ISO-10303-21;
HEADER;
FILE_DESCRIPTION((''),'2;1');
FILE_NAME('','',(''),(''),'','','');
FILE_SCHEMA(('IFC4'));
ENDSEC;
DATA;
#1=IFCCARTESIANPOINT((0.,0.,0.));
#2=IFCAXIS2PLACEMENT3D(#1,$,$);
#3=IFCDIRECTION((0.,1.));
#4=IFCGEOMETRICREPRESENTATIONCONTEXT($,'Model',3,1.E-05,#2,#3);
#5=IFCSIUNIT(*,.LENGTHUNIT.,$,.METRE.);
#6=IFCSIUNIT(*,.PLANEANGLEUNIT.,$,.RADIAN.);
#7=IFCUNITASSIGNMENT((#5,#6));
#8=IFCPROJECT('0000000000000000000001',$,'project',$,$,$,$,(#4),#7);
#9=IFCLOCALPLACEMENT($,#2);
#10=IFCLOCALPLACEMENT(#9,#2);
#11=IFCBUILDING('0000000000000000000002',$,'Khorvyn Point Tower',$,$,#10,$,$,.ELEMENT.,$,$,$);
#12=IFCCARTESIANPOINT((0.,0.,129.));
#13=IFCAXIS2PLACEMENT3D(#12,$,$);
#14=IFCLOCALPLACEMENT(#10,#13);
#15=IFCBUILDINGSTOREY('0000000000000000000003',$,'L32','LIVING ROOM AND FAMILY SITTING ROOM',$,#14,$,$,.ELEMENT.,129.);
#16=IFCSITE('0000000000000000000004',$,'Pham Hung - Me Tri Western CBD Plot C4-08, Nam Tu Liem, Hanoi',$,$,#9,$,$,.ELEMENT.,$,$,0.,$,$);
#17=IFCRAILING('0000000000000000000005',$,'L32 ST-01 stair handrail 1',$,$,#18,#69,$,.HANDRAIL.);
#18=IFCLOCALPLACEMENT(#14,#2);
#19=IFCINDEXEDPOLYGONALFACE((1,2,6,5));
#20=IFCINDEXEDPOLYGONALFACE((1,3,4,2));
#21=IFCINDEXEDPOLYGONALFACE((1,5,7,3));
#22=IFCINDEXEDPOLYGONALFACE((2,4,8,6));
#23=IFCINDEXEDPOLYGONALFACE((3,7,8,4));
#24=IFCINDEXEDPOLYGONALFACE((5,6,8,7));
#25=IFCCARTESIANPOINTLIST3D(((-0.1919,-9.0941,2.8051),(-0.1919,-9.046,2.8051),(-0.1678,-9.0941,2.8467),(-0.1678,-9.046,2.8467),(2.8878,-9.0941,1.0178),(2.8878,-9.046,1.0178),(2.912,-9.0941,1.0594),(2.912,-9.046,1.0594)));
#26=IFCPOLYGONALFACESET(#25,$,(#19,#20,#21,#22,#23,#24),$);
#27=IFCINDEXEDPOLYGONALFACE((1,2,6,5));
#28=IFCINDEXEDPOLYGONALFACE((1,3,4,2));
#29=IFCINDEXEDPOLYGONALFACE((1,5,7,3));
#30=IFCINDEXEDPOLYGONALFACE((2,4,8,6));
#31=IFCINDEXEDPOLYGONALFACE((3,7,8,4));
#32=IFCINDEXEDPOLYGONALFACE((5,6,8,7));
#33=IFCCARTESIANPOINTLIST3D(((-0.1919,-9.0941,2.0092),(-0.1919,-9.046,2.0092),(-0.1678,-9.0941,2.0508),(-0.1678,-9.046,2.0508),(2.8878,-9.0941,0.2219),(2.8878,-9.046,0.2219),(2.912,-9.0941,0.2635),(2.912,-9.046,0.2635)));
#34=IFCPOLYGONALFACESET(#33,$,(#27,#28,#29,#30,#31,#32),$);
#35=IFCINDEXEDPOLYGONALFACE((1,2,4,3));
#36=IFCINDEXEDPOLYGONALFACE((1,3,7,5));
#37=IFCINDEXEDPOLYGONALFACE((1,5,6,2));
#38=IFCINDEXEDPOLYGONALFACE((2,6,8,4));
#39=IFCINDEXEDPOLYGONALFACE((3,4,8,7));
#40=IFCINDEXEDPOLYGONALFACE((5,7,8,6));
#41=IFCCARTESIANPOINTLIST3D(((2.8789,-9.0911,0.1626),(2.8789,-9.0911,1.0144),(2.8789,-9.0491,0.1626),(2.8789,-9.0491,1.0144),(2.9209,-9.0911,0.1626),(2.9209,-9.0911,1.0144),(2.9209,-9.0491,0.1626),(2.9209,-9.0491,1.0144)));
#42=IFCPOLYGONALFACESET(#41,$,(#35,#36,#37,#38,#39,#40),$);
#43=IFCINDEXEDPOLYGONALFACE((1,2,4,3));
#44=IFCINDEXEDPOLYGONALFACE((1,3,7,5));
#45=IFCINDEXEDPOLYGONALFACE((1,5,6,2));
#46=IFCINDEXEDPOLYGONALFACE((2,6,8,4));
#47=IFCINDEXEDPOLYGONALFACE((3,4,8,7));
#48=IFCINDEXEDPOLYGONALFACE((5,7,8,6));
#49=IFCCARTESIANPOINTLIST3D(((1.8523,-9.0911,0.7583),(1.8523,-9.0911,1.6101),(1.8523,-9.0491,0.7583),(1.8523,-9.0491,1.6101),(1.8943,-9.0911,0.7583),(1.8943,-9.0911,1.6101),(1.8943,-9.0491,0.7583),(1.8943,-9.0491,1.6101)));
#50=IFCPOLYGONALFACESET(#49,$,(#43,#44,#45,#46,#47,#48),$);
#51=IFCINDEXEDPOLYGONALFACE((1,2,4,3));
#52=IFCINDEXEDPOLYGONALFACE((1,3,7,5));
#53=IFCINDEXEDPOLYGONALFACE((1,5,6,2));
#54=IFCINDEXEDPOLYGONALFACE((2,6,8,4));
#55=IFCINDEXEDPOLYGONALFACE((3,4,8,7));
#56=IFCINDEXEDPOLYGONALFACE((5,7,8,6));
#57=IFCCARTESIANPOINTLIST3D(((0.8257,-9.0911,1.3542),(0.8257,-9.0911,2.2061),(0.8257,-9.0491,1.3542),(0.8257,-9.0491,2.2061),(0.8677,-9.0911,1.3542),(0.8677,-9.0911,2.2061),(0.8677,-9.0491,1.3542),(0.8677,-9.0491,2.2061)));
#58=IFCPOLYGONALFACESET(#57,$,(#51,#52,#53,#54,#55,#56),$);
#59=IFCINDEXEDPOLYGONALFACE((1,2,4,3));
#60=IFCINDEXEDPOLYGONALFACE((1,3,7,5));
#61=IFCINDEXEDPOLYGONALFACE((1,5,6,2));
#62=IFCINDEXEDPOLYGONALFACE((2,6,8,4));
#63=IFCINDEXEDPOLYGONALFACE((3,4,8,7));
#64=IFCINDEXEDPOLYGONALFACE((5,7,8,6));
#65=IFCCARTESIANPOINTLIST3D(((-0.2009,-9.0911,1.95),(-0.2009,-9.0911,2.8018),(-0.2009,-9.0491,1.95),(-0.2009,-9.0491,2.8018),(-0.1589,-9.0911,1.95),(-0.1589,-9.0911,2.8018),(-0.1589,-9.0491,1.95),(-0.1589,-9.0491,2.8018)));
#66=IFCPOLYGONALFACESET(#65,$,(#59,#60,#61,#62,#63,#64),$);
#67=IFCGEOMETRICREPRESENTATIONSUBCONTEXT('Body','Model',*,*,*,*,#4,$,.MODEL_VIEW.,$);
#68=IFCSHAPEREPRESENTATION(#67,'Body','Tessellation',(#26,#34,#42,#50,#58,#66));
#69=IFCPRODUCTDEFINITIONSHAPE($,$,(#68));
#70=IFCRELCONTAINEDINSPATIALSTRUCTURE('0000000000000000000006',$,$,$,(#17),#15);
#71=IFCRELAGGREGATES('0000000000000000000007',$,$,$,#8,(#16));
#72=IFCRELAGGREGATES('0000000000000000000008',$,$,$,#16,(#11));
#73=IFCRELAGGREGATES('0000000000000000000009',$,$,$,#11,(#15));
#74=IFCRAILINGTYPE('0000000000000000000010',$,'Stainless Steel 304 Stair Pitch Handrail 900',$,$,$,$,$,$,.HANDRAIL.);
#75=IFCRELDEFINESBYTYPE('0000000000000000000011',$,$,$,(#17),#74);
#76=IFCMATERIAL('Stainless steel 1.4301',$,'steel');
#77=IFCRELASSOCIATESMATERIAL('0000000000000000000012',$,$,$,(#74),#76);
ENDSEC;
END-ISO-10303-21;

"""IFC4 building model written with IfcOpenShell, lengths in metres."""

from ifc_helpers import new_model, si_unit, direction, frame, origin, origin_2d, place, context, subcontext, project, spatial, rectangle, extrude, material, type_object, element, save


model = new_model("IFC4")

# Units and contexts
model_context = context("Model", 3, precision=1e-05, world=origin(), true_north=direction((0.0, 1.0)))
body_context = subcontext(model_context, "Body", "Model", "MODEL_VIEW")
ifc_project = project(units=[si_unit("LENGTHUNIT", "METRE"), si_unit("PLANEANGLEUNIT", "RADIAN")], contexts=[model_context])

# Site, building, storey
site_placement = place(None, origin())
site = spatial("IfcSite", under=ifc_project, at=site_placement, Name="Pham Hung - Me Tri Western CBD Plot C4-08, Nam Tu Liem, Hanoi", CompositionType="ELEMENT", RefElevation=0.0)
building_placement = place(site_placement, origin())
building = spatial("IfcBuilding", under=site, at=building_placement, Name="Khorvyn Point Tower", CompositionType="ELEMENT")
storey_placement = place(building_placement, frame((0.0, 0.0, 129.0)))
storey = spatial("IfcBuildingStorey", under=building, at=storey_placement, Name="L32", Description="LIVING ROOM AND FAMILY SITTING ROOM", CompositionType="ELEMENT", Elevation=129.0)

# Shared definitions
ifc_material_1 = material(Name="Stainless steel 1.4301", Category="steel")

# Railing
railing_type_1 = type_object("IfcRailingType", Name="Stainless Steel 304 Stair Pitch Handrail 900", PredefinedType="HANDRAIL", material=ifc_material_1)
railing_1_placement = place(storey_placement, frame((2.8999, -9.0701, 0.1626)))
element("IfcRailing", 1, at=railing_1_placement, inside=storey, type_object=railing_type_1, Name="L32 ST-01 stair handrail 1", PredefinedType="HANDRAIL", context=body_context, shape_type="SweptSolid", body=[
    extrude(rectangle(XDim=0.0481, YDim=0.0481, at=origin_2d()), frame((0.0, 0.0, 0.876), z_axis=(-0.864903, 0.0, 0.501939), x_axis=(0.0, -1.0, 0.0)), (0.0, 0.0, 1.0), 3.5608),
    extrude(rectangle(XDim=0.0481, YDim=0.0481, at=origin_2d()), frame((0.0, 0.0, 0.0801), z_axis=(-0.864903, 0.0, 0.501939), x_axis=(0.0, -1.0, 0.0)), (0.0, 0.0, 1.0), 3.5608),
    extrude(rectangle(XDim=0.042, YDim=0.042, at=origin_2d()), origin(), (0.0, 0.0, 1.0), 0.8518),
    extrude(rectangle(XDim=0.042, YDim=0.042, at=origin_2d()), frame((-1.0266, 0.0, 0.5957)), (0.0, 0.0, 1.0), 0.8518),
    extrude(rectangle(XDim=0.042, YDim=0.042, at=origin_2d()), frame((-2.0532, 0.0, 1.1917)), (0.0, 0.0, 1.0), 0.8518),
    extrude(rectangle(XDim=0.042, YDim=0.042, at=origin_2d()), frame((-3.0798, 0.0, 1.7874)), (0.0, 0.0, 1.0), 0.8518),
])

save(model, "model.ifc")
